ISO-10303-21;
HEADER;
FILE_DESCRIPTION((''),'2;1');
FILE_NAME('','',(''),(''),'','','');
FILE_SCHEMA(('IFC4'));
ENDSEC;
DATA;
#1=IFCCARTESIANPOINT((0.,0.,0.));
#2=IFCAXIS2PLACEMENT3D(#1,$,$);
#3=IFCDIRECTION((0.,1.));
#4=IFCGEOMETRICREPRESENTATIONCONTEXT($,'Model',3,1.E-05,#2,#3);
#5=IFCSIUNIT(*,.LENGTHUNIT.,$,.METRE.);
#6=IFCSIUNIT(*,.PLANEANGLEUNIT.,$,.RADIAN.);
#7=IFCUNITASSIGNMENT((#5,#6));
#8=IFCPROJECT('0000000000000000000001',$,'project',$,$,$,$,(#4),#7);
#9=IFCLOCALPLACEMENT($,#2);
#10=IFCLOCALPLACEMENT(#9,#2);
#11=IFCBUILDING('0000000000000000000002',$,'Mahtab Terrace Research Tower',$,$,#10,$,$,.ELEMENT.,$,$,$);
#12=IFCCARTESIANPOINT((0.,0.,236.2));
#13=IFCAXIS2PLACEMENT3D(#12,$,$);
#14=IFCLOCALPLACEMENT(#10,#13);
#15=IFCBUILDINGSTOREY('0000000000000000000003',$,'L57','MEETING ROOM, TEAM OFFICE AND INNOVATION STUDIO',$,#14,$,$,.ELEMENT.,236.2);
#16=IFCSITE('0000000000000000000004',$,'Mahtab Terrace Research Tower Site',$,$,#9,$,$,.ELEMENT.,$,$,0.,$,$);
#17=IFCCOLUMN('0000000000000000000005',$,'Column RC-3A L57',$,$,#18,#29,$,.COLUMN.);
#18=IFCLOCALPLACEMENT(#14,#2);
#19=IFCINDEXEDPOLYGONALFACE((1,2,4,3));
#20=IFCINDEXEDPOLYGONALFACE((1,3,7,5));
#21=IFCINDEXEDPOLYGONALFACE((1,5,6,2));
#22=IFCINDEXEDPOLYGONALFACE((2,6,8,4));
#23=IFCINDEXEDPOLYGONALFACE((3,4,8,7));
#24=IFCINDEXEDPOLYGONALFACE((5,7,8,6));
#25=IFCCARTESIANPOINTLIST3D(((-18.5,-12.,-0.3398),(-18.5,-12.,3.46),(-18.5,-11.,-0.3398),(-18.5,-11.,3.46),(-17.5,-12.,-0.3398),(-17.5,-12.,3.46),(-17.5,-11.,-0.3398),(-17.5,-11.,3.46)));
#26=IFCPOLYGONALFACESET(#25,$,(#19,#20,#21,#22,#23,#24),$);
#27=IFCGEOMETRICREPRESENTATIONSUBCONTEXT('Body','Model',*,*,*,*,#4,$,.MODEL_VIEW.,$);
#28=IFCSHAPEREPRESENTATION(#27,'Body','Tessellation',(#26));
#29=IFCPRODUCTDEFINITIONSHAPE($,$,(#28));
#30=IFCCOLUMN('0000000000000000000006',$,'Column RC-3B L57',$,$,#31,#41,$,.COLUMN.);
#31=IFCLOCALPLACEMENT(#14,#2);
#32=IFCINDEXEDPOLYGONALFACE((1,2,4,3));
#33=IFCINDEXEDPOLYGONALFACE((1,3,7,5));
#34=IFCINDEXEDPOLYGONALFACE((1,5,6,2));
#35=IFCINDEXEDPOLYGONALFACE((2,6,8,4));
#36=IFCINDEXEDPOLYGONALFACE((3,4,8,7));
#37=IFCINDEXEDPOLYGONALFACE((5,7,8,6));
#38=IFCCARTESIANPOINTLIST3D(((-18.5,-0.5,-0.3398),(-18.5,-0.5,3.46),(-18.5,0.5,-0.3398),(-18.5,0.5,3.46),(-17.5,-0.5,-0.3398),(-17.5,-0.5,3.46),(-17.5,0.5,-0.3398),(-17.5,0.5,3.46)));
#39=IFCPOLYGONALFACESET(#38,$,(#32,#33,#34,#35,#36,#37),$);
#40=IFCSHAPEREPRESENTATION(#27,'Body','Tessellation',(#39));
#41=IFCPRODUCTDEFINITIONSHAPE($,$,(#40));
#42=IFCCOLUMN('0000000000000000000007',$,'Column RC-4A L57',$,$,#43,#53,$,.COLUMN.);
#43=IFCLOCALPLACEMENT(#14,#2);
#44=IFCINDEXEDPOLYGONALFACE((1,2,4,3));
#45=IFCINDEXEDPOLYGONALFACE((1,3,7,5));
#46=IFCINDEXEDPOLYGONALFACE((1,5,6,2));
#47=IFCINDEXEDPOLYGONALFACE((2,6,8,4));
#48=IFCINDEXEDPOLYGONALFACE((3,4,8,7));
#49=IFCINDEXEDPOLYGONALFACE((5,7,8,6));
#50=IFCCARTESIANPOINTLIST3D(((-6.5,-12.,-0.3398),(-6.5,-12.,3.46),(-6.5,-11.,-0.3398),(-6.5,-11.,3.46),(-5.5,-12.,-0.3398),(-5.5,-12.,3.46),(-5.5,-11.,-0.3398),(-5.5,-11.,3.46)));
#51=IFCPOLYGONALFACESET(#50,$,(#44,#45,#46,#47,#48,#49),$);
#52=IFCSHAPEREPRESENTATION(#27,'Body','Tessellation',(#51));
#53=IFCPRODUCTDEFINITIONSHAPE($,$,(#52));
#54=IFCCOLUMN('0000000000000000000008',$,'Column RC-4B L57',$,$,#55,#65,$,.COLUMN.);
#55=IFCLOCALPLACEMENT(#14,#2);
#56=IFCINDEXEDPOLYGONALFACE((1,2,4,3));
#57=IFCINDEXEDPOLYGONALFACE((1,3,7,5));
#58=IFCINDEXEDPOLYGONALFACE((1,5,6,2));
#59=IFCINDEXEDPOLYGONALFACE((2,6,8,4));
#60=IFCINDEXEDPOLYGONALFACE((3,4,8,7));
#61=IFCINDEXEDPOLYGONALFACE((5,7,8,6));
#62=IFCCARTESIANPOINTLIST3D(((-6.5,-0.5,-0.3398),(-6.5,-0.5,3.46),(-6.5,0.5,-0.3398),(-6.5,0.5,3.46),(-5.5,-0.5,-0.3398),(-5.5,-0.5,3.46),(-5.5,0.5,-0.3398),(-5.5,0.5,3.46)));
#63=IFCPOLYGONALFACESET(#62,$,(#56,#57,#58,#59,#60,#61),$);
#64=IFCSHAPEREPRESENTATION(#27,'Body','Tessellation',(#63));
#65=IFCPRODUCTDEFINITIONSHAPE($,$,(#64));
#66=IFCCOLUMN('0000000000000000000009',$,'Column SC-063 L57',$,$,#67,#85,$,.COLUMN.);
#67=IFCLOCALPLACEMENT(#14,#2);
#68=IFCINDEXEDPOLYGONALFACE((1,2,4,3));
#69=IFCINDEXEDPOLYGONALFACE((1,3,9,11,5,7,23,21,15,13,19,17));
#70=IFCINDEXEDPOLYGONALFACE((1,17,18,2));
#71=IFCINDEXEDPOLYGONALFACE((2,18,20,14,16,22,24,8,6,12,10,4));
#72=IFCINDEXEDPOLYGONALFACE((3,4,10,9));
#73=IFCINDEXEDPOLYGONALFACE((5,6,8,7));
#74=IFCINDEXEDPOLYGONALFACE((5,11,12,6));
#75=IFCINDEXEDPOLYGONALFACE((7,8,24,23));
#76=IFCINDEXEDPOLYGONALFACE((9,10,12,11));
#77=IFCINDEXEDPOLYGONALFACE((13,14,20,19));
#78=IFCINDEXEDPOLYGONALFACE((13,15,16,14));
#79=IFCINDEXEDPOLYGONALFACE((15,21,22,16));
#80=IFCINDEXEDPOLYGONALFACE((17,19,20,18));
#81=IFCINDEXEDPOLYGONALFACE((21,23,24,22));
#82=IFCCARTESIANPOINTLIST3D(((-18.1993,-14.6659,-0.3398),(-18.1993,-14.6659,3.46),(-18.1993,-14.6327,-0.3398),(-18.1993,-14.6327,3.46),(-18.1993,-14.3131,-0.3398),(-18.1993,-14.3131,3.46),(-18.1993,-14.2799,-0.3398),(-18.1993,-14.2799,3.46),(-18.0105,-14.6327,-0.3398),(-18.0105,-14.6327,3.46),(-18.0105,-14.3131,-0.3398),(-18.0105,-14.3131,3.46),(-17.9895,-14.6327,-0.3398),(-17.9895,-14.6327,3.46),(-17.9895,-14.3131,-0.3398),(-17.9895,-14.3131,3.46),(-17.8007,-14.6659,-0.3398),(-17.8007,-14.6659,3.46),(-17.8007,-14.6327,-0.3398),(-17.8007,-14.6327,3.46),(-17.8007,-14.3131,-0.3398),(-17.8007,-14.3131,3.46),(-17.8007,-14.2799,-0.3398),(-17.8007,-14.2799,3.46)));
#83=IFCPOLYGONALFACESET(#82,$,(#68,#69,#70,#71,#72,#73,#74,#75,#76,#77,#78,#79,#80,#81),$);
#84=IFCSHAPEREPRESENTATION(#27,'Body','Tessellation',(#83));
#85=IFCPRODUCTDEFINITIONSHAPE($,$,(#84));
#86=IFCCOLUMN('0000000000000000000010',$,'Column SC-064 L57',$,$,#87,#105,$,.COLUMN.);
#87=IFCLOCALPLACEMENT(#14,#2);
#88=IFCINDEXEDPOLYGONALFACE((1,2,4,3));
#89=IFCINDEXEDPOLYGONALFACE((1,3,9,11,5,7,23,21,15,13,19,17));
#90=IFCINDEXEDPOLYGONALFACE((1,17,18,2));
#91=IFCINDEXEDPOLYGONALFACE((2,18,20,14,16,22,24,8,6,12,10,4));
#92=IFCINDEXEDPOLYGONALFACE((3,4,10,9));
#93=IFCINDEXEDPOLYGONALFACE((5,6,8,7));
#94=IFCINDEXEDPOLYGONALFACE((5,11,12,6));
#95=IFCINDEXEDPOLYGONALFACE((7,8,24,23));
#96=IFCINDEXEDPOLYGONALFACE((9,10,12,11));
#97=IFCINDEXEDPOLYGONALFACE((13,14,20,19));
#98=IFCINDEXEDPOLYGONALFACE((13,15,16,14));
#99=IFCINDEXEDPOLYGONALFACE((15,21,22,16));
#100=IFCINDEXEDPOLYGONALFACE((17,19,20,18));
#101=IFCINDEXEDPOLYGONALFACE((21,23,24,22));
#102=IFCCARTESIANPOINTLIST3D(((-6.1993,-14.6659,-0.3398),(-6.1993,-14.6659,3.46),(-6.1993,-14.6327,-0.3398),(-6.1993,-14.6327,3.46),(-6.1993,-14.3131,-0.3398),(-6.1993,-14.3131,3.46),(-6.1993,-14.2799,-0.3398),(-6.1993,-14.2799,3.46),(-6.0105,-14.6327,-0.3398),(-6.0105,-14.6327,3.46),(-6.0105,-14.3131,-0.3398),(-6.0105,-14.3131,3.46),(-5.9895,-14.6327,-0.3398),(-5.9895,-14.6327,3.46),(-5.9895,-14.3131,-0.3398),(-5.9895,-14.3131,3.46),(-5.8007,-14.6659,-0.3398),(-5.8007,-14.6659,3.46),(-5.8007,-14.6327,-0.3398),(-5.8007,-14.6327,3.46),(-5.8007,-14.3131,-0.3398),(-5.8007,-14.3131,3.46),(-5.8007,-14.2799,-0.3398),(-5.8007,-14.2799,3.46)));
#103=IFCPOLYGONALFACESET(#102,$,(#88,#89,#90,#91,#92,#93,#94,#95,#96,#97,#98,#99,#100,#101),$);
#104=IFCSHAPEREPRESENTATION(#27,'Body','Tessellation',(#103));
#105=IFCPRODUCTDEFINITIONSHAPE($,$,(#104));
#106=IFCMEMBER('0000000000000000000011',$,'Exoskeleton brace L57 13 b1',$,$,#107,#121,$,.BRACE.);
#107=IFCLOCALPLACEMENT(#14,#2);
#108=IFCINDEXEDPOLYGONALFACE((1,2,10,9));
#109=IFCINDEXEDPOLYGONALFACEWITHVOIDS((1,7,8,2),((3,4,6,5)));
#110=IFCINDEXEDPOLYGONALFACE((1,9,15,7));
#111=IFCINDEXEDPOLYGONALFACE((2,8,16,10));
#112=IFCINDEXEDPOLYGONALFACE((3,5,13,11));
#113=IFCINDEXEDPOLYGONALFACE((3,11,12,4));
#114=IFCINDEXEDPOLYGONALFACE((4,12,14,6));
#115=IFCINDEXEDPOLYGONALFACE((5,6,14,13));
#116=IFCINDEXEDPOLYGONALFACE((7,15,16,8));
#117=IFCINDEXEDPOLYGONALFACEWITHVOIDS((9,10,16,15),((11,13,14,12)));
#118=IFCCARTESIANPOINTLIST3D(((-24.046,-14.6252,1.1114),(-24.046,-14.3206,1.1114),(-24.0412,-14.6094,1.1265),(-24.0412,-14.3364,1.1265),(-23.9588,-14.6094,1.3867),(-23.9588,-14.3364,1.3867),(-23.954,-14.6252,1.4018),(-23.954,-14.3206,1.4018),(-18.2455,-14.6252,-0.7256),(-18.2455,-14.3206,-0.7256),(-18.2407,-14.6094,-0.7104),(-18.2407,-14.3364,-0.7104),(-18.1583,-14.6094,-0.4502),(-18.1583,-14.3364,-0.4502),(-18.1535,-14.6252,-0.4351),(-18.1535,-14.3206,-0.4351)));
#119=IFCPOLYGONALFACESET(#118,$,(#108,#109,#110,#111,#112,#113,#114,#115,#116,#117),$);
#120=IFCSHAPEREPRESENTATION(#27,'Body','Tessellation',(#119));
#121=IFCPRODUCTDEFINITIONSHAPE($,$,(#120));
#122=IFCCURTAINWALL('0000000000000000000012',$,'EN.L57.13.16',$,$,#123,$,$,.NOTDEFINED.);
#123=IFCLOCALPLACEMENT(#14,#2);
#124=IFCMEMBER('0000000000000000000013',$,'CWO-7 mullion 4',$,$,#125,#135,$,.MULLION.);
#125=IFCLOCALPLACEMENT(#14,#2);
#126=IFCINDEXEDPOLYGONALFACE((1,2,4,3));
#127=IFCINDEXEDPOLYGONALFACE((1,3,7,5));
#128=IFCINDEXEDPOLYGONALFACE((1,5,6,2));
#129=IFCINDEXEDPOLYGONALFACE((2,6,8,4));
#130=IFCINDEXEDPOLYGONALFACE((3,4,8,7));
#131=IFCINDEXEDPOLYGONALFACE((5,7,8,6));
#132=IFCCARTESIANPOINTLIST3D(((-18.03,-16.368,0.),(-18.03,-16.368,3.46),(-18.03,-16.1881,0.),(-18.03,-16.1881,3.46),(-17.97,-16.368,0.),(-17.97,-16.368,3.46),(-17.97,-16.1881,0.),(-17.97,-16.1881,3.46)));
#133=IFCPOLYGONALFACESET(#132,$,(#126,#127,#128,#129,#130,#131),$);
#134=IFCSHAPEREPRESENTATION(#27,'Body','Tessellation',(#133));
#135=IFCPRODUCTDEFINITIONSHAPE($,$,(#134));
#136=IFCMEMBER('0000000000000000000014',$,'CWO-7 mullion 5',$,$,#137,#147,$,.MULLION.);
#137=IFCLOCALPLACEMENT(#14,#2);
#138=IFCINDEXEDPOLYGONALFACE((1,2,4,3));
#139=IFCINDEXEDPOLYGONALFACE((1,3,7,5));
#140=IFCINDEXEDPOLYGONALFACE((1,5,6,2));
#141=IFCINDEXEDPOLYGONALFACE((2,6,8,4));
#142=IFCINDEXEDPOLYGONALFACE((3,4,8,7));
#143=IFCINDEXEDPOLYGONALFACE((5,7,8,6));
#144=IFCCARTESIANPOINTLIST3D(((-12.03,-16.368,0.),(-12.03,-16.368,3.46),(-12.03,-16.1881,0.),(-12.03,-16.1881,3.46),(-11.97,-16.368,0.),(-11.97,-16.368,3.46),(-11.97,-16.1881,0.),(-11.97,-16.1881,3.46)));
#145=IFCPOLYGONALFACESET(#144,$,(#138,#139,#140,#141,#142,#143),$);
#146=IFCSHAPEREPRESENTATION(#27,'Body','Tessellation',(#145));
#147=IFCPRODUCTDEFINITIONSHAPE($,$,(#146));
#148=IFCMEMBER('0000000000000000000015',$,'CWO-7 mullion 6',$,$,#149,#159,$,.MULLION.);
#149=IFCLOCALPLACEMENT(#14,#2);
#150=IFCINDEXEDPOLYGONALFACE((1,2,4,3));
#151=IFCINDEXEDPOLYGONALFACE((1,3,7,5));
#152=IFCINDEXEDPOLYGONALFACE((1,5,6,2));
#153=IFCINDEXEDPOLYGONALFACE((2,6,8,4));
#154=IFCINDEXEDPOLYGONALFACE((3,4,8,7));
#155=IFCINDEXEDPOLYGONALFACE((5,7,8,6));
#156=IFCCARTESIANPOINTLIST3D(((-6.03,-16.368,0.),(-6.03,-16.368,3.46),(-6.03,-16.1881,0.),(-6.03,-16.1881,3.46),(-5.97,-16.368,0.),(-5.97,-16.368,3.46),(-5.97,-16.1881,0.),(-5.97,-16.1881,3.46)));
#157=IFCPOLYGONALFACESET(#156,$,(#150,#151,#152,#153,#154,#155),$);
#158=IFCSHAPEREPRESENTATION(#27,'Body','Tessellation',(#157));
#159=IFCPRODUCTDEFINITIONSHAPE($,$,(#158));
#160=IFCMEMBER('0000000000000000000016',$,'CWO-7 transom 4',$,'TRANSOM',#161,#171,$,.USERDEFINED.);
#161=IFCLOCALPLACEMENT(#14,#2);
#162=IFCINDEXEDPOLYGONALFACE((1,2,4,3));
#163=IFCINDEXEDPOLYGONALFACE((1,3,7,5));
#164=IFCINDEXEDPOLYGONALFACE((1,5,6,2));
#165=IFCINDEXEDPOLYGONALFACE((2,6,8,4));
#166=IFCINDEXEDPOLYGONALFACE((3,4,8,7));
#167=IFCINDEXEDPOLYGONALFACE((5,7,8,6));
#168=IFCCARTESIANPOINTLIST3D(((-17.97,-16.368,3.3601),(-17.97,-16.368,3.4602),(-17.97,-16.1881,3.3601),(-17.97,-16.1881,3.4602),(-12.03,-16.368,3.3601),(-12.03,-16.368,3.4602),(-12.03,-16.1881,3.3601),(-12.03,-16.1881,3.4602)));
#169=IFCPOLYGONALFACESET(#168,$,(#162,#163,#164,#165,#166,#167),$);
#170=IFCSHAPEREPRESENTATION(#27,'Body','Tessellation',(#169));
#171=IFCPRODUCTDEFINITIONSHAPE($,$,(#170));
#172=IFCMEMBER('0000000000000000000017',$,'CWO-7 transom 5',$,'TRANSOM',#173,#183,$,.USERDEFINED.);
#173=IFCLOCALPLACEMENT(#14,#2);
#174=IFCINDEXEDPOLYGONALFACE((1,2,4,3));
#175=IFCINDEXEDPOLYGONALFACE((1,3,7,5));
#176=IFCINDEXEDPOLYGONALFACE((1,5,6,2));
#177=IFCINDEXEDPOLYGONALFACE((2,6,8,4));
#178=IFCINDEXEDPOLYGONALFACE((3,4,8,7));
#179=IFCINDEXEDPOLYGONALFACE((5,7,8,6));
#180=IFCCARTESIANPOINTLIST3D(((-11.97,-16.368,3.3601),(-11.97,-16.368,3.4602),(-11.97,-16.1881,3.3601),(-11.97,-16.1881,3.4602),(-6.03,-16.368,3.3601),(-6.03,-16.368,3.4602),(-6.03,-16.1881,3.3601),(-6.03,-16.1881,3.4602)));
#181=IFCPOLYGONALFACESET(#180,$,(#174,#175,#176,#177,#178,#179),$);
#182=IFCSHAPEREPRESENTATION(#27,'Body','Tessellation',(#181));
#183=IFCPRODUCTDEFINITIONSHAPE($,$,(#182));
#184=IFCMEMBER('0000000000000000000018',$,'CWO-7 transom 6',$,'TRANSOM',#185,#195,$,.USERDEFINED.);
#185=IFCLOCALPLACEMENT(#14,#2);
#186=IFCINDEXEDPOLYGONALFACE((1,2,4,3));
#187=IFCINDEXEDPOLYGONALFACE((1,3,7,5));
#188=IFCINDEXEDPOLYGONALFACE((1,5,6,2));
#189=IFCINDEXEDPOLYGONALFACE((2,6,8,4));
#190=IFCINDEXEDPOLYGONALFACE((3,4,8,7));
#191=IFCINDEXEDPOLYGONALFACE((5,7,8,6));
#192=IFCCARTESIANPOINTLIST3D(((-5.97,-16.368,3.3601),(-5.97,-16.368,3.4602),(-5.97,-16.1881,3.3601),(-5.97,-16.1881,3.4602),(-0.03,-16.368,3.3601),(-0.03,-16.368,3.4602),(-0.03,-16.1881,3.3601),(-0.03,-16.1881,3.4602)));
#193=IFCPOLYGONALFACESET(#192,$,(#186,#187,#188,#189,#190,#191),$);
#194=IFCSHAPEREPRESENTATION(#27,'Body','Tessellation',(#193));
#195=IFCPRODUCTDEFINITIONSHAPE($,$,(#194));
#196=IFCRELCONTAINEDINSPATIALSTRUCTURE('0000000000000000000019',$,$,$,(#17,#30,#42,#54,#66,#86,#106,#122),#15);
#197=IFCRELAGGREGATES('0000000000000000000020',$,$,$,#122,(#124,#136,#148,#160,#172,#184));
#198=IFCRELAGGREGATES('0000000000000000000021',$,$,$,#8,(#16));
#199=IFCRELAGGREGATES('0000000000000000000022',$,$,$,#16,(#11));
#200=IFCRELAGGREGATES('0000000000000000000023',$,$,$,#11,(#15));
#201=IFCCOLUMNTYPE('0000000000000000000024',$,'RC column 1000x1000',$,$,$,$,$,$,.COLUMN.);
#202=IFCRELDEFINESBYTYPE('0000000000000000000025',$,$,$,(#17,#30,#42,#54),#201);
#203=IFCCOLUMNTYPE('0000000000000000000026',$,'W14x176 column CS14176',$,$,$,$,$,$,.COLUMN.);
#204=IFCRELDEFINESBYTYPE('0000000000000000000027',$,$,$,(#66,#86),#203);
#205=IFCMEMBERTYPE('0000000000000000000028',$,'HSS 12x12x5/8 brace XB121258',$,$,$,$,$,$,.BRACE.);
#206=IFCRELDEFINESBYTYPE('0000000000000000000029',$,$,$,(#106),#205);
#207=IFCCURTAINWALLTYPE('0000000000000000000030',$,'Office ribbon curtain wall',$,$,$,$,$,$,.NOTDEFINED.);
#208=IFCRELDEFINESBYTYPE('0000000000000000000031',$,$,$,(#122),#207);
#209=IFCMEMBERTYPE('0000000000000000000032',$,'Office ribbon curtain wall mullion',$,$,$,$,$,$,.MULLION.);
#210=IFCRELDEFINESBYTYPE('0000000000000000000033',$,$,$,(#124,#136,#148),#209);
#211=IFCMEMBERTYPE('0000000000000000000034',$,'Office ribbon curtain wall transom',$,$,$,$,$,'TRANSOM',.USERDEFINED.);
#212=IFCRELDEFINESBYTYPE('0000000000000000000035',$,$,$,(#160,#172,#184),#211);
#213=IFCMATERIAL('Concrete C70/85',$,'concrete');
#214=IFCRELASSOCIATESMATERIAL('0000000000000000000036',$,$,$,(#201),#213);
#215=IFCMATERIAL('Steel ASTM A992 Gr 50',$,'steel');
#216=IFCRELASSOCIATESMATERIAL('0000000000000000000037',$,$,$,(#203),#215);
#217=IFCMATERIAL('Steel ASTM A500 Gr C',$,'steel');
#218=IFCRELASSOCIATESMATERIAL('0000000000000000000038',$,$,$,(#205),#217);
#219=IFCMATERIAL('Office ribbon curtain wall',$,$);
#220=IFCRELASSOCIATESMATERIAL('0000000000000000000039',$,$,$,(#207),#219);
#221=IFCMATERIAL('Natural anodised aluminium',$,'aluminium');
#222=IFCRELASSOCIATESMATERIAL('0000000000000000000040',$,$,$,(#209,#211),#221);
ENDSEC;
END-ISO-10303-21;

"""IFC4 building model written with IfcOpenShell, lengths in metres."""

from ifc_helpers import new_model, si_unit, direction, frame, origin, origin_2d, place, context, subcontext, project, spatial, rectangle, hollow_rectangle, i_section, extrude, material, material_profile, profile_set, type_object, element, aggregate, save


model = new_model("IFC4")

# Units and contexts
model_context = context("Model", 3, precision=1e-05, world=origin(), true_north=direction((0.0, 1.0)))
body_context = subcontext(model_context, "Body", "Model", "MODEL_VIEW")
ifc_project = project(units=[si_unit("LENGTHUNIT", "METRE"), si_unit("PLANEANGLEUNIT", "RADIAN")], contexts=[model_context])

# Site, building, storey
site_placement = place(None, origin())
site = spatial("IfcSite", under=ifc_project, at=site_placement, Name="Mahtab Terrace Research Tower Site", CompositionType="ELEMENT", RefElevation=0.0)
building_placement = place(site_placement, origin())
building = spatial("IfcBuilding", under=site, at=building_placement, Name="Mahtab Terrace Research Tower", CompositionType="ELEMENT")
storey_placement = place(building_placement, frame((0.0, 0.0, 236.2)))
storey = spatial("IfcBuildingStorey", under=building, at=storey_placement, Name="L57", Description="MEETING ROOM, TEAM OFFICE AND INNOVATION STUDIO", CompositionType="ELEMENT", Elevation=236.2)

# Columns
ifc_material_1 = material(Name="Concrete C70/85", Category="concrete")
ifc_material_profile_1 = material_profile(ifc_material_1, rectangle(XDim=1.0, YDim=1.0, at=origin_2d()), Name="RC column 1000x1000")
ifc_profile_set_1 = profile_set([ifc_material_profile_1], Name="Concrete C70/85")
column_type_1 = type_object("IfcColumnType", Name="RC column 1000x1000", PredefinedType="COLUMN", material=ifc_profile_set_1)
for number, where, z_axis, x_axis, name in (
    (1, (-18.0, -11.5, -0.3398), (0.0, 0.0, 1.0), (1.0, 0.0, 0.0), "Column RC-3A L57"),
    (2, (-18.0, 0.0, -0.3398), (0.0, 0.0, 1.0), (1.0, 0.0, 0.0), "Column RC-3B L57"),
    (3, (-6.0, -11.5, -0.3398), (0.0, 0.0, 1.0), (1.0, 0.0, 0.0), "Column RC-4A L57"),
    (4, (-6.0, 0.0, -0.3398), (0.0, 0.0, 1.0), (1.0, 0.0, 0.0), "Column RC-4B L57"),
):
    element("IfcColumn", number, at=place(storey_placement, frame(where, z_axis=z_axis, x_axis=x_axis)), inside=storey, type_object=column_type_1, Name=name, PredefinedType="COLUMN", context=body_context, shape_type="SweptSolid", body=[
        extrude(rectangle(XDim=1.0, YDim=1.0, at=origin_2d()), origin(), (0.0, 0.0, 1.0), 3.7998),
    ])
ifc_material_2 = material(Name="Steel ASTM A992 Gr 50", Category="steel")
ifc_material_profile_2 = material_profile(ifc_material_2, i_section(OverallWidth=0.3987, OverallDepth=0.386, WebThickness=0.021, FlangeThickness=0.0332, at=origin_2d()), Name="W14X176")
ifc_profile_set_2 = profile_set([ifc_material_profile_2], Name="Steel ASTM A992 Gr 50")
column_type_2 = type_object("IfcColumnType", Name="W14x176 column CS14176", PredefinedType="COLUMN", material=ifc_profile_set_2)
for number, where, z_axis, x_axis, name in (
    (5, (-18.0, -14.4729, -0.3398), (0.0, 0.0, 1.0), (1.0, 0.0, 0.0), "Column SC-063 L57"),
    (6, (-6.0, -14.4729, -0.3398), (0.0, 0.0, 1.0), (1.0, 0.0, 0.0), "Column SC-064 L57"),
):
    element("IfcColumn", number, at=place(storey_placement, frame(where, z_axis=z_axis, x_axis=x_axis)), inside=storey, type_object=column_type_2, Name=name, PredefinedType="COLUMN", context=body_context, shape_type="SweptSolid", body=[
        extrude(i_section(OverallWidth=0.3987, OverallDepth=0.386, WebThickness=0.021, FlangeThickness=0.0332, at=origin_2d()), origin(), (0.0, 0.0, 1.0), 3.7998),
    ])

# Member
ifc_material_3 = material(Name="Steel ASTM A500 Gr C", Category="steel")
ifc_material_profile_3 = material_profile(ifc_material_3, hollow_rectangle(XDim=0.3047, YDim=0.3047, WallThickness=0.0159, at=origin_2d()), Name="HSS12X12X5/8")
ifc_profile_set_3 = profile_set([ifc_material_profile_3], Name="Steel ASTM A500 Gr C")
member_type_1 = type_object("IfcMemberType", Name="HSS 12x12x5/8 brace XB121258", PredefinedType="BRACE", material=ifc_profile_set_3)
member_1_placement = place(storey_placement, frame((-18.1995, -14.4729, -0.5803), z_axis=(-0.953339, 0.0, 0.301903), x_axis=(0.0, -1.0, 0.0)))
element("IfcMember", 7, at=member_1_placement, inside=storey, type_object=member_type_1, Name="Exoskeleton brace L57 13 b1", PredefinedType="BRACE", context=body_context, shape_type="SweptSolid", body=[
    extrude(hollow_rectangle(XDim=0.3047, YDim=0.3047, WallThickness=0.0159, at=origin_2d()), origin(), (0.0, 0.0, 1.0), 6.0845),
])

# Curtain wall, members
ifc_material_4 = material(Name="Office ribbon curtain wall")
curtain_wall_type = type_object("IfcCurtainWallType", Name="Office ribbon curtain wall", PredefinedType="NOTDEFINED", material=ifc_material_4)
curtain_wall_placement = place(storey_placement, origin())
curtain_wall = element("IfcCurtainWall", 8, at=curtain_wall_placement, inside=storey, type_object=curtain_wall_type, Name="EN.L57.13.16", PredefinedType="NOTDEFINED")
ifc_material_5 = material(Name="Natural anodised aluminium", Category="aluminium")
ifc_material_profile_4 = material_profile(ifc_material_5, rectangle(XDim=0.1799, YDim=0.0601, at=origin_2d()), Name="MULLION 60x180")
ifc_profile_set_4 = profile_set([ifc_material_profile_4], Name="Natural anodised aluminium")
member_type_2 = type_object("IfcMemberType", Name="Office ribbon curtain wall mullion", PredefinedType="MULLION", material=ifc_profile_set_4)
member_2_placement = place(storey_placement, frame((-18.0, -16.2781, 0.0), z_axis=(0.0, 0.0, 1.0), x_axis=(0.0, 1.0, 0.0)))
member_2 = element("IfcMember", 9, at=member_2_placement, type_object=member_type_2, Name="CWO-7 mullion 4", PredefinedType="MULLION", context=body_context, shape_type="SweptSolid", body=[
    extrude(rectangle(XDim=0.1799, YDim=0.0601, at=origin_2d()), origin(), (0.0, 0.0, 1.0), 3.46),
])
member_3_placement = place(storey_placement, frame((-12.0, -16.2781, 0.0), z_axis=(0.0, 0.0, 1.0), x_axis=(0.0, 1.0, 0.0)))
member_3 = element("IfcMember", 10, at=member_3_placement, type_object=member_type_2, Name="CWO-7 mullion 5", PredefinedType="MULLION", context=body_context, shape_type="SweptSolid", body=[
    extrude(rectangle(XDim=0.1799, YDim=0.0601, at=origin_2d()), origin(), (0.0, 0.0, 1.0), 3.46),
])
member_4_placement = place(storey_placement, frame((-6.0, -16.2781, 0.0), z_axis=(0.0, 0.0, 1.0), x_axis=(0.0, 1.0, 0.0)))
member_4 = element("IfcMember", 11, at=member_4_placement, type_object=member_type_2, Name="CWO-7 mullion 6", PredefinedType="MULLION", context=body_context, shape_type="SweptSolid", body=[
    extrude(rectangle(XDim=0.1799, YDim=0.0601, at=origin_2d()), origin(), (0.0, 0.0, 1.0), 3.46),
])
ifc_material_profile_5 = material_profile(ifc_material_5, rectangle(XDim=0.1799, YDim=0.1001, at=origin_2d()), Name="TRANSOM 100x180")
ifc_profile_set_5 = profile_set([ifc_material_profile_5], Name="Natural anodised aluminium")
member_type_3 = type_object("IfcMemberType", Name="Office ribbon curtain wall transom", ElementType="TRANSOM", PredefinedType="USERDEFINED", material=ifc_profile_set_5)
member_5_placement = place(storey_placement, frame((-17.97, -16.2781, 3.4102), z_axis=(1.0, 0.0, 0.0), x_axis=(0.0, 1.0, 0.0)))
member_5 = element("IfcMember", 12, at=member_5_placement, type_object=member_type_3, Name="CWO-7 transom 4", ObjectType="TRANSOM", PredefinedType="USERDEFINED", context=body_context, shape_type="SweptSolid", body=[
    extrude(rectangle(XDim=0.1799, YDim=0.1001, at=origin_2d()), origin(), (0.0, 0.0, 1.0), 5.9399),
])
member_6_placement = place(storey_placement, frame((-11.97, -16.2781, 3.4102), z_axis=(1.0, 0.0, 0.0), x_axis=(0.0, 1.0, 0.0)))
member_6 = element("IfcMember", 13, at=member_6_placement, type_object=member_type_3, Name="CWO-7 transom 5", ObjectType="TRANSOM", PredefinedType="USERDEFINED", context=body_context, shape_type="SweptSolid", body=[
    extrude(rectangle(XDim=0.1799, YDim=0.1001, at=origin_2d()), origin(), (0.0, 0.0, 1.0), 5.9399),
])
member_7_placement = place(storey_placement, frame((-5.97, -16.2781, 3.4102), z_axis=(1.0, 0.0, 0.0), x_axis=(0.0, 1.0, 0.0)))
member_7 = element("IfcMember", 14, at=member_7_placement, type_object=member_type_3, Name="CWO-7 transom 6", ObjectType="TRANSOM", PredefinedType="USERDEFINED", context=body_context, shape_type="SweptSolid", body=[
    extrude(rectangle(XDim=0.1799, YDim=0.1001, at=origin_2d()), origin(), (0.0, 0.0, 1.0), 5.9399),
])

aggregate(curtain_wall, [member_2, member_3, member_4, member_5, member_6, member_7])

save(model, "model.ifc")
